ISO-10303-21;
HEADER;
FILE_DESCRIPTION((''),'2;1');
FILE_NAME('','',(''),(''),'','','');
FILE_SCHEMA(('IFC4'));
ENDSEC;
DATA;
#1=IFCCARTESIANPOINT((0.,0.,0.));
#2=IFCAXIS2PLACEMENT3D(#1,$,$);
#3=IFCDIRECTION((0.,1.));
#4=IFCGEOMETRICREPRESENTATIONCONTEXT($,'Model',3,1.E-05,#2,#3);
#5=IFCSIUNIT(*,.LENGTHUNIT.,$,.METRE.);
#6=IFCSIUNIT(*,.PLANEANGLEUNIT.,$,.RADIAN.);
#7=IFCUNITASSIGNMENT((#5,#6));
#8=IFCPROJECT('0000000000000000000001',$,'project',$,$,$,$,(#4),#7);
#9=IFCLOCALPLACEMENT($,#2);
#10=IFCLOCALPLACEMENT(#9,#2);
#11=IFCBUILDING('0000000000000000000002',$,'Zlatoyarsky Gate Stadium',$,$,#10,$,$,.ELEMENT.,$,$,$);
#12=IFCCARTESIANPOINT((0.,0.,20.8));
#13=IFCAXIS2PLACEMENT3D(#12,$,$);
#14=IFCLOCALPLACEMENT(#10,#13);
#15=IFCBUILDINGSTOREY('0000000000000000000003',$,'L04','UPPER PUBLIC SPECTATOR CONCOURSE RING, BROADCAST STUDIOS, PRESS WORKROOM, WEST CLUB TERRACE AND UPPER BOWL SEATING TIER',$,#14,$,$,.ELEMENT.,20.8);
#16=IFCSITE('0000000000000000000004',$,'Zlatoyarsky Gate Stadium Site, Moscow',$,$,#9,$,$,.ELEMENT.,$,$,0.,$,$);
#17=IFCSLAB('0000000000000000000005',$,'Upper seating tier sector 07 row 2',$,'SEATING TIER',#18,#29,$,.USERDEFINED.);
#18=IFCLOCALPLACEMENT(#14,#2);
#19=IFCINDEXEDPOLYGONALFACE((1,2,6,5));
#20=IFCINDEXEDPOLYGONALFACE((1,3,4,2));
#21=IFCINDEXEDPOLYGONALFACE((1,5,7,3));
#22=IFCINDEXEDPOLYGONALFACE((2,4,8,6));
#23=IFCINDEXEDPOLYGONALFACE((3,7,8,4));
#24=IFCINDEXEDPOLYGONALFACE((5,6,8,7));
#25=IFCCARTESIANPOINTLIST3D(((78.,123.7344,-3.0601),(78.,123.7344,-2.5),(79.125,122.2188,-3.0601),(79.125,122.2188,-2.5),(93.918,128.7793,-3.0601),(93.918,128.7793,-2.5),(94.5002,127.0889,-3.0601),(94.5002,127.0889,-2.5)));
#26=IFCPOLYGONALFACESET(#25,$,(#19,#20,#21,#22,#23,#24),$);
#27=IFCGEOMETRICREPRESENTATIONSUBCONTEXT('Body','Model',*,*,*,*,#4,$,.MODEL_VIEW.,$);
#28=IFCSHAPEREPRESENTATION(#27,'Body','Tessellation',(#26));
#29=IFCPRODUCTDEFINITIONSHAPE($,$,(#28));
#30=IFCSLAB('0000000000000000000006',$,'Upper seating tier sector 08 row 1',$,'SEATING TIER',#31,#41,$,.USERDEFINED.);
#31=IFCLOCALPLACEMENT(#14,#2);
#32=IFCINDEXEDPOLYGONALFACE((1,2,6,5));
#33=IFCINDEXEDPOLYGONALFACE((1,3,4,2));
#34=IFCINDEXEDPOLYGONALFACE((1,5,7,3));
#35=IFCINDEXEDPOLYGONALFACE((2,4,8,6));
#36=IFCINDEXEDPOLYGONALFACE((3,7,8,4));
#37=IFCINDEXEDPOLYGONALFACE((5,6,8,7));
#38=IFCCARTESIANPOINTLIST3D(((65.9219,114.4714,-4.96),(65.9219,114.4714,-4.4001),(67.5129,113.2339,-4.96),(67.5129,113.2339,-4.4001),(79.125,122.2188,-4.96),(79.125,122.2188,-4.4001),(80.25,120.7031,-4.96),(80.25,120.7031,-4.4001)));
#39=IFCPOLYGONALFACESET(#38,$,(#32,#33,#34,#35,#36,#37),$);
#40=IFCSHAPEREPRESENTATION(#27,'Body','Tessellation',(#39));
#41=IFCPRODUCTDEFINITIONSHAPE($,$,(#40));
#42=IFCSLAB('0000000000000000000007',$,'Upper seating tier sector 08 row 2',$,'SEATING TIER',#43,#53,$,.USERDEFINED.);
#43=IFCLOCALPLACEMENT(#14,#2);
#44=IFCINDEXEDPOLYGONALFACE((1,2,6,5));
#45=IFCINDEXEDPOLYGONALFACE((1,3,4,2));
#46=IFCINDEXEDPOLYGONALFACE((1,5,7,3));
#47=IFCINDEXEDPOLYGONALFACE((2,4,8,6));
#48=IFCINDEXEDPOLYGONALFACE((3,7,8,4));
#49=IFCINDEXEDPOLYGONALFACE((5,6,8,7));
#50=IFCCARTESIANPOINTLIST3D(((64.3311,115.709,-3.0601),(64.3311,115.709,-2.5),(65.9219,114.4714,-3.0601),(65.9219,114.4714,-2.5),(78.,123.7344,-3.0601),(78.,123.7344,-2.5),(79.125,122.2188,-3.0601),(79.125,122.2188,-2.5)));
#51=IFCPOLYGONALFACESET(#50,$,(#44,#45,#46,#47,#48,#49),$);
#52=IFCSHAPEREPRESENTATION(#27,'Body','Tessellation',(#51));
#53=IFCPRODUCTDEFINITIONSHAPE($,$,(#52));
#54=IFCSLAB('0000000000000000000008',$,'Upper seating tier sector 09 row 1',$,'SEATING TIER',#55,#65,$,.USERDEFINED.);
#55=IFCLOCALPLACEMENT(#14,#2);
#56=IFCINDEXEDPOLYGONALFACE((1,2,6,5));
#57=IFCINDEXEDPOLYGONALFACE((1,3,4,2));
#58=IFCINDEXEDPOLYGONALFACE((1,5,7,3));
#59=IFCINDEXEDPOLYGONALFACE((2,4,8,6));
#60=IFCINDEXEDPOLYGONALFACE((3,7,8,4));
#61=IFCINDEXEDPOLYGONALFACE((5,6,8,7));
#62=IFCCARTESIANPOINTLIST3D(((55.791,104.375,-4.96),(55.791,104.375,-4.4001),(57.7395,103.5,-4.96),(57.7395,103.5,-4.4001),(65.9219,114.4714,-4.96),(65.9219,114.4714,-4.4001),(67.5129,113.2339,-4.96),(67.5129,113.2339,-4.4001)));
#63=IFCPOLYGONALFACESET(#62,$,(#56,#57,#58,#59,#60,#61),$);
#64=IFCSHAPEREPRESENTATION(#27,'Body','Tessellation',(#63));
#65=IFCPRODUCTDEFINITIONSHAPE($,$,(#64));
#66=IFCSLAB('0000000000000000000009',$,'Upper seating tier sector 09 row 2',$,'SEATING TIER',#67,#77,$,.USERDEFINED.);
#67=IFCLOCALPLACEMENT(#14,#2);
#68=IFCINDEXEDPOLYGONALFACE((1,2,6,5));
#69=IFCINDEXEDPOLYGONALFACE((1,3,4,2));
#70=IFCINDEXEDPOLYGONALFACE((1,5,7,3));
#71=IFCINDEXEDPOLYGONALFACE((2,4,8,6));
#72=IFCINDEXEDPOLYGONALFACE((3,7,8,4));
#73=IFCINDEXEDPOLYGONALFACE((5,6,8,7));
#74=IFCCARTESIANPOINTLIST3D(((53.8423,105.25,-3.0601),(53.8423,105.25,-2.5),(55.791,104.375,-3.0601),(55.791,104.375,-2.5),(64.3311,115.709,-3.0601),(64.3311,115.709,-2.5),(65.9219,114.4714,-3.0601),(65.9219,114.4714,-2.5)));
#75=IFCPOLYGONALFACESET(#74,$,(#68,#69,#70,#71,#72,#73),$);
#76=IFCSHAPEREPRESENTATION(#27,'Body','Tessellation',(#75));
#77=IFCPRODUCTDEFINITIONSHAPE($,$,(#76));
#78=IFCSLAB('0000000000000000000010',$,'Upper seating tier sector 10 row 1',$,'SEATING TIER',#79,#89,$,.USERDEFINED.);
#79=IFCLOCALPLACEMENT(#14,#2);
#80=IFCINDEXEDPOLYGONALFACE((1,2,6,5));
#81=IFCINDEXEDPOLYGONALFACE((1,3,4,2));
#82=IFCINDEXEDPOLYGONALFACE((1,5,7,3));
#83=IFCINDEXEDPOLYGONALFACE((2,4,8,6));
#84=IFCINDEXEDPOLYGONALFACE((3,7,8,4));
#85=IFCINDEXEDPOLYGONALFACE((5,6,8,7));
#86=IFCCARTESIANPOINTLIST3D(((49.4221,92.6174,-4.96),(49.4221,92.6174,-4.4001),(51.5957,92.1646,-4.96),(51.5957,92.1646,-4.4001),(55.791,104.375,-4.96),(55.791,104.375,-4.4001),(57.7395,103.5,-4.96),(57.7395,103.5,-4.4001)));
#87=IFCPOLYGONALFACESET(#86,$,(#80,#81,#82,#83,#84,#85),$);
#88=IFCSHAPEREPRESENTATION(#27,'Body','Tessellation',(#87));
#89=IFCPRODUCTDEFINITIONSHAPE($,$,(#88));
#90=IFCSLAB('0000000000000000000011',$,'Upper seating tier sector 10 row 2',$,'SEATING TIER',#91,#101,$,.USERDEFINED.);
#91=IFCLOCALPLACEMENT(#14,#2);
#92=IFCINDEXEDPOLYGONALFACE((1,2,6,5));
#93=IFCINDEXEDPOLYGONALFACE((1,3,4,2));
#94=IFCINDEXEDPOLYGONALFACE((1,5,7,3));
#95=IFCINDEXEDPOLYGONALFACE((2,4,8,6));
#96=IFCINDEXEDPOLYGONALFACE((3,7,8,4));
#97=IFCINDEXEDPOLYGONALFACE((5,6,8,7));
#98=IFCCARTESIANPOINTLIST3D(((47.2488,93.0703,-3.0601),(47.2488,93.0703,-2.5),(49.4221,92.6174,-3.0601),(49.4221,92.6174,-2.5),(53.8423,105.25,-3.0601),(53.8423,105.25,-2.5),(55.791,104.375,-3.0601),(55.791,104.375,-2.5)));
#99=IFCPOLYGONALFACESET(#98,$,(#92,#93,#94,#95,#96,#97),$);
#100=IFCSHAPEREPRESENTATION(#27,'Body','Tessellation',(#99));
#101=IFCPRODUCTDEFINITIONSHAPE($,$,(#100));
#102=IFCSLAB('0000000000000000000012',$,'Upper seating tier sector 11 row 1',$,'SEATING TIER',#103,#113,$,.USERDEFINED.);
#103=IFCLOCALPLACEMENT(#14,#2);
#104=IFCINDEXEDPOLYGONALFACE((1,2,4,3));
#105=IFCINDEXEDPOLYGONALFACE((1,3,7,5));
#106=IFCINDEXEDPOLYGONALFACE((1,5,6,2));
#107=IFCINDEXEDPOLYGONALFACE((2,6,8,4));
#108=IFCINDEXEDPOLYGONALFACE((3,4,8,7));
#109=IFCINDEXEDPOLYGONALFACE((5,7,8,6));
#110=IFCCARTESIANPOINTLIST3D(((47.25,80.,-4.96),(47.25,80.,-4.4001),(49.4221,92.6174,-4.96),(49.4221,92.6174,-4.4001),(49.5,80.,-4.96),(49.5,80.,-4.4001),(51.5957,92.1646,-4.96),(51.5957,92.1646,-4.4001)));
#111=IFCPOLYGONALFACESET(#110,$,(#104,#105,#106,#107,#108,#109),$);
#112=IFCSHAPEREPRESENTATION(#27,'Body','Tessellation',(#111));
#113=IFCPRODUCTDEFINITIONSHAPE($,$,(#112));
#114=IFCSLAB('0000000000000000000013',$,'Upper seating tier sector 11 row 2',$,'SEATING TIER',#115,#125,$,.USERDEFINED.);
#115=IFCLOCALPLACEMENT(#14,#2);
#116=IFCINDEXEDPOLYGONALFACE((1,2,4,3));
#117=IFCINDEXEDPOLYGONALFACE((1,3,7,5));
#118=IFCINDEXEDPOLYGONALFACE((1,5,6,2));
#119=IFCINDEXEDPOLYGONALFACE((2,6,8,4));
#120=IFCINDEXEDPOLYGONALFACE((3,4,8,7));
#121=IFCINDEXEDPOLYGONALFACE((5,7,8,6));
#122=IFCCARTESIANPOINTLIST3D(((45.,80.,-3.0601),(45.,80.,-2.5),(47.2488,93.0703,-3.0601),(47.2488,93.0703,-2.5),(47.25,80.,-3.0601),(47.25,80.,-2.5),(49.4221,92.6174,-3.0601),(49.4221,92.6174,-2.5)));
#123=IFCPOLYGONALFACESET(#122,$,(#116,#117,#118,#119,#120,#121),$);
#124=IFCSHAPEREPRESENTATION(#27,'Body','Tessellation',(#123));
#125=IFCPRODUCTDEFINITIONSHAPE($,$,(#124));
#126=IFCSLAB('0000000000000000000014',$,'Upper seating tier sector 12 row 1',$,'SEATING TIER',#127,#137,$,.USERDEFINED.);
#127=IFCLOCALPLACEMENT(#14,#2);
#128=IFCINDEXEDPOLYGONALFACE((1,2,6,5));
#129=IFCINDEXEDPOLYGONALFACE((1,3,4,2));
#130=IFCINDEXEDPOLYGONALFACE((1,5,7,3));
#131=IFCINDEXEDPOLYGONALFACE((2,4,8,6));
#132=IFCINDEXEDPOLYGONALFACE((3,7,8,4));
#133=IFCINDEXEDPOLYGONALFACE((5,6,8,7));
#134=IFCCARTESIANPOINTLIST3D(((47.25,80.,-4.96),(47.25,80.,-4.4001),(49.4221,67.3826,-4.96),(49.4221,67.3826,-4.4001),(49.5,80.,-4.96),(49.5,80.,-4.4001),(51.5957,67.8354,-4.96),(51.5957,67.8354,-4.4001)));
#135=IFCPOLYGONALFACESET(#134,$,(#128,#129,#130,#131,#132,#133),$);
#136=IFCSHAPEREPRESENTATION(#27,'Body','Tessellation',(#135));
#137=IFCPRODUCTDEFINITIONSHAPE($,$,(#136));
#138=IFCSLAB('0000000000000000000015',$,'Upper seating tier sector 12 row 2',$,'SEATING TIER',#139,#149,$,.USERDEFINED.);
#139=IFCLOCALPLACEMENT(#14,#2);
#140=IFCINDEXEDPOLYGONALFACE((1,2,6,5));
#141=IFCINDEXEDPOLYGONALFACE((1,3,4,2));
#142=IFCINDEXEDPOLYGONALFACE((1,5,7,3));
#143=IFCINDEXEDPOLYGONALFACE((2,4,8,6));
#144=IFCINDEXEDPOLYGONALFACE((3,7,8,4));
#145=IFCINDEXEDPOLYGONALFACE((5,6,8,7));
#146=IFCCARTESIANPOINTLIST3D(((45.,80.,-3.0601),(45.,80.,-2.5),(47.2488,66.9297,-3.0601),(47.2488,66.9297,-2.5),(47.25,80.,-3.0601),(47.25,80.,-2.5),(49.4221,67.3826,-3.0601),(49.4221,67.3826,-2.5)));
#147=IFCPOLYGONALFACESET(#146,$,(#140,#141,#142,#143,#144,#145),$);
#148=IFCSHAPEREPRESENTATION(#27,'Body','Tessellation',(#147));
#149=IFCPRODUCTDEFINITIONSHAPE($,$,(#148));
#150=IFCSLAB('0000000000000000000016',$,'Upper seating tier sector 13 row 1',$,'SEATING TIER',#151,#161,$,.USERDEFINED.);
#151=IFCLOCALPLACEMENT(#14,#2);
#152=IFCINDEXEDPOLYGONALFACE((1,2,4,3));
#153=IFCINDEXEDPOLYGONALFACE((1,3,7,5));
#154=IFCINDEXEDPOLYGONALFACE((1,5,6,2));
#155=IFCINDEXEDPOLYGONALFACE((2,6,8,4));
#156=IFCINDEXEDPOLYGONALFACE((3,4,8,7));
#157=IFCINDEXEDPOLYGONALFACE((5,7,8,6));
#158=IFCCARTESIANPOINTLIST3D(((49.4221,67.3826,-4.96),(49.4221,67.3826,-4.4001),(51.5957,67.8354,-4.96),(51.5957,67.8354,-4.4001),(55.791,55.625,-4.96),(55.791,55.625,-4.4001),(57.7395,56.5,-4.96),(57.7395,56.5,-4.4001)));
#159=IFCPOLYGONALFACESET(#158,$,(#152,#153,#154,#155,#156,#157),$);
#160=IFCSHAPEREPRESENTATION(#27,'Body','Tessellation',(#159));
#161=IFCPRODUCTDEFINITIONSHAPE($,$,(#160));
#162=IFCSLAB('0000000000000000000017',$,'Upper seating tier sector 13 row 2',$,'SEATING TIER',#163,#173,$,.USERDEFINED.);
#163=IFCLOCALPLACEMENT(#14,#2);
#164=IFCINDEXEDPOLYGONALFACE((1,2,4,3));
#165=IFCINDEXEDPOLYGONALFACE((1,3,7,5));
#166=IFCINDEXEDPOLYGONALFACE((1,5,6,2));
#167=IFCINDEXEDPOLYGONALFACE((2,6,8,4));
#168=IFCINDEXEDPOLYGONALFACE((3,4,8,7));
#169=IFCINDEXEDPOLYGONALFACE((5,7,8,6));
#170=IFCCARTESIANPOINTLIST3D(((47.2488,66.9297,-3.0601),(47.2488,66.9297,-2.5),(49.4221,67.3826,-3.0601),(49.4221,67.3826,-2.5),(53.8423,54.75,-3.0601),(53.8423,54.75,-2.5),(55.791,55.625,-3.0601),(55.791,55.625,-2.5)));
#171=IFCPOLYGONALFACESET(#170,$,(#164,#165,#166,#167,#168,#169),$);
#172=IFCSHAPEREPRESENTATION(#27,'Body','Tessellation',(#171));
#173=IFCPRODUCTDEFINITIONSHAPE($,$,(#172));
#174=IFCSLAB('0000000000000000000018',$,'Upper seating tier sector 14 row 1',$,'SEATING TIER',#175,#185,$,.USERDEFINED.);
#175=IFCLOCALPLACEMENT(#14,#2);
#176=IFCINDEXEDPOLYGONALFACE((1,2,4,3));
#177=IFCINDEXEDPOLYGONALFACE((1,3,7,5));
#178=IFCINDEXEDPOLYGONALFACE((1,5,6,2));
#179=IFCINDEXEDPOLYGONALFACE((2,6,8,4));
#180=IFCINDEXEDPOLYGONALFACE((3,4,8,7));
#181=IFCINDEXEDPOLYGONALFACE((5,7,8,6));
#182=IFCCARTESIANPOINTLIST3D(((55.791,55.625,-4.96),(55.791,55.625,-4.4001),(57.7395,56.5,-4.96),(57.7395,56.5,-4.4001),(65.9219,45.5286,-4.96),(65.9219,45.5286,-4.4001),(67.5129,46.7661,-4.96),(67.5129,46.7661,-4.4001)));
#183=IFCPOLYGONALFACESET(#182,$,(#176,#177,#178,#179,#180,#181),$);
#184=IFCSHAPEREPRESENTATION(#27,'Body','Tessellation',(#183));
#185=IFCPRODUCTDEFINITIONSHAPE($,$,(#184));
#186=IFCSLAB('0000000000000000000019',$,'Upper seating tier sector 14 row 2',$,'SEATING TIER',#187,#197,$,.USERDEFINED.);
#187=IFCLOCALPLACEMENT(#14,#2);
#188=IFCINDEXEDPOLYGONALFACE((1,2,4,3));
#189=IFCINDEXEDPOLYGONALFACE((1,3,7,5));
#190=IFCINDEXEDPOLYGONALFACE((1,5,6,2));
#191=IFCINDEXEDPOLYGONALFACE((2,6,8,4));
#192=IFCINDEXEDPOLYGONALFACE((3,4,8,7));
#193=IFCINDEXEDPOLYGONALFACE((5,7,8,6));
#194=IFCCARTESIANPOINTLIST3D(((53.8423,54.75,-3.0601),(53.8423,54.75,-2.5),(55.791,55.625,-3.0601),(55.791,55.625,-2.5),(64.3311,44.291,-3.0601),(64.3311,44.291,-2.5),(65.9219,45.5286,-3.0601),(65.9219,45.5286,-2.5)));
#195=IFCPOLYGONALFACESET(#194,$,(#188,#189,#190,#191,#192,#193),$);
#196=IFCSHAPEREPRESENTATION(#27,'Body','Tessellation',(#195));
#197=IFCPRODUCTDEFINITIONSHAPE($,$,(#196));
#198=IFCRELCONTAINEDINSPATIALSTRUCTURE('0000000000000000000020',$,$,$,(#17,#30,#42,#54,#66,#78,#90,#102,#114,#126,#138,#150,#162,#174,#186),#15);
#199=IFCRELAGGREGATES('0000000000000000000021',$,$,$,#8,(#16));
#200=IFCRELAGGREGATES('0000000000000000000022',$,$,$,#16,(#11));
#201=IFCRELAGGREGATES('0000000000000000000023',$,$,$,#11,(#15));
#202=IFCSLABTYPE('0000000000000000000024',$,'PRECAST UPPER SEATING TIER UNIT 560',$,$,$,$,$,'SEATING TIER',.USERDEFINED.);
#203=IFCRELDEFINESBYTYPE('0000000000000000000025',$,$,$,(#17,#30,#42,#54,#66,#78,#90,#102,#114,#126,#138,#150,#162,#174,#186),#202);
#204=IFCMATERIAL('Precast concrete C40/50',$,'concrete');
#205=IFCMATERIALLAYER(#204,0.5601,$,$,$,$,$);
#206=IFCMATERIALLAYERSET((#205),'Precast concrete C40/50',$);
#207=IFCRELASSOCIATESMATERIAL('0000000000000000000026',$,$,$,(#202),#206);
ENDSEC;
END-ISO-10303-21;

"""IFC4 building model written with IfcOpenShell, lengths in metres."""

from ifc_helpers import new_model, si_unit, direction, frame, origin, place, context, subcontext, project, spatial, polyline, outline, extrude, material, layer, layer_set, type_object, element, save


model = new_model("IFC4")

# Units and contexts
model_context = context("Model", 3, precision=1e-05, world=origin(), true_north=direction((0.0, 1.0)))
body_context = subcontext(model_context, "Body", "Model", "MODEL_VIEW")
ifc_project = project(units=[si_unit("LENGTHUNIT", "METRE"), si_unit("PLANEANGLEUNIT", "RADIAN")], contexts=[model_context])

# Site, building, storey
site_placement = place(None, origin())
site = spatial("IfcSite", under=ifc_project, at=site_placement, Name="Zlatoyarsky Gate Stadium Site, Moscow", CompositionType="ELEMENT", RefElevation=0.0)
building_placement = place(site_placement, origin())
building = spatial("IfcBuilding", under=site, at=building_placement, Name="Zlatoyarsky Gate Stadium", CompositionType="ELEMENT")
storey_placement = place(building_placement, frame((0.0, 0.0, 20.8)))
storey = spatial("IfcBuildingStorey", under=building, at=storey_placement, Name="L04", Description="UPPER PUBLIC SPECTATOR CONCOURSE RING, BROADCAST STUDIOS, PRESS WORKROOM, WEST CLUB TERRACE AND UPPER BOWL SEATING TIER", CompositionType="ELEMENT", Elevation=20.8)

# Slabs
ifc_material = material(Name="Precast concrete C40/50", Category="concrete")
ifc_layer = layer(ifc_material, 0.5601)
ifc_layer_set = layer_set([ifc_layer], Name="Precast concrete C40/50")
slab_type = type_object("IfcSlabType", Name="PRECAST UPPER SEATING TIER UNIT 560", ElementType="SEATING TIER", PredefinedType="USERDEFINED", material=ifc_layer_set)
slab_1_placement = place(storey_placement, frame((0.0, 0.0, -3.0601)))
element("IfcSlab", 1, at=slab_1_placement, inside=storey, type_object=slab_type, Name="Upper seating tier sector 07 row 2", ObjectType="SEATING TIER", PredefinedType="USERDEFINED", context=body_context, shape_type="SweptSolid", body=[
    extrude(outline(polyline([(94.5002, 127.0889), (93.918, 128.7793), (78.0, 123.7344), (79.125, 122.2188), (94.5002, 127.0889)])), origin(), (0.0, 0.0, 1.0), 0.5601),
])
slab_2_placement = place(storey_placement, frame((0.0, 0.0, -4.96)))
element("IfcSlab", 2, at=slab_2_placement, inside=storey, type_object=slab_type, Name="Upper seating tier sector 08 row 1", ObjectType="SEATING TIER", PredefinedType="USERDEFINED", context=body_context, shape_type="SweptSolid", body=[
    extrude(outline(polyline([(80.25, 120.7031), (79.125, 122.2188), (65.9219, 114.4714), (67.5129, 113.2339), (80.25, 120.7031)])), origin(), (0.0, 0.0, 1.0), 0.5598),
])
slab_3_placement = place(storey_placement, frame((0.0, 0.0, -3.0601)))
element("IfcSlab", 3, at=slab_3_placement, inside=storey, type_object=slab_type, Name="Upper seating tier sector 08 row 2", ObjectType="SEATING TIER", PredefinedType="USERDEFINED", context=body_context, shape_type="SweptSolid", body=[
    extrude(outline(polyline([(79.125, 122.2188), (78.0, 123.7344), (64.3311, 115.709), (65.9219, 114.4714), (79.125, 122.2188)])), origin(), (0.0, 0.0, 1.0), 0.5601),
])
slab_4_placement = place(storey_placement, frame((0.0, 0.0, -4.96)))
element("IfcSlab", 4, at=slab_4_placement, inside=storey, type_object=slab_type, Name="Upper seating tier sector 09 row 1", ObjectType="SEATING TIER", PredefinedType="USERDEFINED", context=body_context, shape_type="SweptSolid", body=[
    extrude(outline(polyline([(67.5129, 113.2339), (65.9219, 114.4714), (55.791, 104.375), (57.7395, 103.5), (67.5129, 113.2339)])), origin(), (0.0, 0.0, 1.0), 0.5598),
])
slab_5_placement = place(storey_placement, frame((0.0, 0.0, -3.0601)))
element("IfcSlab", 5, at=slab_5_placement, inside=storey, type_object=slab_type, Name="Upper seating tier sector 09 row 2", ObjectType="SEATING TIER", PredefinedType="USERDEFINED", context=body_context, shape_type="SweptSolid", body=[
    extrude(outline(polyline([(65.9219, 114.4714), (64.3311, 115.709), (53.8423, 105.25), (55.791, 104.375), (65.9219, 114.4714)])), origin(), (0.0, 0.0, 1.0), 0.5601),
])
slab_6_placement = place(storey_placement, frame((0.0, 0.0, -4.96)))
element("IfcSlab", 6, at=slab_6_placement, inside=storey, type_object=slab_type, Name="Upper seating tier sector 10 row 1", ObjectType="SEATING TIER", PredefinedType="USERDEFINED", context=body_context, shape_type="SweptSolid", body=[
    extrude(outline(polyline([(57.7395, 103.5), (55.791, 104.375), (49.4221, 92.6174), (51.5957, 92.1646), (57.7395, 103.5)])), origin(), (0.0, 0.0, 1.0), 0.5598),
])
slab_7_placement = place(storey_placement, frame((0.0, 0.0, -3.0601)))
element("IfcSlab", 7, at=slab_7_placement, inside=storey, type_object=slab_type, Name="Upper seating tier sector 10 row 2", ObjectType="SEATING TIER", PredefinedType="USERDEFINED", context=body_context, shape_type="SweptSolid", body=[
    extrude(outline(polyline([(55.791, 104.375), (53.8423, 105.25), (47.2488, 93.0703), (49.4221, 92.6174), (55.791, 104.375)])), origin(), (0.0, 0.0, 1.0), 0.5601),
])
slab_8_placement = place(storey_placement, frame((0.0, 0.0, -4.96)))
element("IfcSlab", 8, at=slab_8_placement, inside=storey, type_object=slab_type, Name="Upper seating tier sector 11 row 1", ObjectType="SEATING TIER", PredefinedType="USERDEFINED", context=body_context, shape_type="SweptSolid", body=[
    extrude(outline(polyline([(51.5957, 92.1646), (49.4221, 92.6174), (47.25, 80.0), (49.5, 80.0), (51.5957, 92.1646)])), origin(), (0.0, 0.0, 1.0), 0.5598),
])
slab_9_placement = place(storey_placement, frame((0.0, 0.0, -3.0601)))
element("IfcSlab", 9, at=slab_9_placement, inside=storey, type_object=slab_type, Name="Upper seating tier sector 11 row 2", ObjectType="SEATING TIER", PredefinedType="USERDEFINED", context=body_context, shape_type="SweptSolid", body=[
    extrude(outline(polyline([(49.4221, 92.6174), (47.2488, 93.0703), (45.0, 80.0), (47.25, 80.0), (49.4221, 92.6174)])), origin(), (0.0, 0.0, 1.0), 0.5601),
])
slab_10_placement = place(storey_placement, frame((0.0, 0.0, -4.96)))
element("IfcSlab", 10, at=slab_10_placement, inside=storey, type_object=slab_type, Name="Upper seating tier sector 12 row 1", ObjectType="SEATING TIER", PredefinedType="USERDEFINED", context=body_context, shape_type="SweptSolid", body=[
    extrude(outline(polyline([(49.5, 80.0), (47.25, 80.0), (49.4221, 67.3826), (51.5957, 67.8354), (49.5, 80.0)])), origin(), (0.0, 0.0, 1.0), 0.5598),
])
slab_11_placement = place(storey_placement, frame((0.0, 0.0, -3.0601)))
element("IfcSlab", 11, at=slab_11_placement, inside=storey, type_object=slab_type, Name="Upper seating tier sector 12 row 2", ObjectType="SEATING TIER", PredefinedType="USERDEFINED", context=body_context, shape_type="SweptSolid", body=[
    extrude(outline(polyline([(47.25, 80.0), (45.0, 80.0), (47.2488, 66.9297), (49.4221, 67.3826), (47.25, 80.0)])), origin(), (0.0, 0.0, 1.0), 0.5601),
])
slab_12_placement = place(storey_placement, frame((0.0, 0.0, -4.96)))
element("IfcSlab", 12, at=slab_12_placement, inside=storey, type_object=slab_type, Name="Upper seating tier sector 13 row 1", ObjectType="SEATING TIER", PredefinedType="USERDEFINED", context=body_context, shape_type="SweptSolid", body=[
    extrude(outline(polyline([(51.5957, 67.8354), (49.4221, 67.3826), (55.791, 55.625), (57.7395, 56.5), (51.5957, 67.8354)])), origin(), (0.0, 0.0, 1.0), 0.5598),
])
slab_13_placement = place(storey_placement, frame((0.0, 0.0, -3.0601)))
element("IfcSlab", 13, at=slab_13_placement, inside=storey, type_object=slab_type, Name="Upper seating tier sector 13 row 2", ObjectType="SEATING TIER", PredefinedType="USERDEFINED", context=body_context, shape_type="SweptSolid", body=[
    extrude(outline(polyline([(49.4221, 67.3826), (47.2488, 66.9297), (53.8423, 54.75), (55.791, 55.625), (49.4221, 67.3826)])), origin(), (0.0, 0.0, 1.0), 0.5601),
])
slab_14_placement = place(storey_placement, frame((0.0, 0.0, -4.96)))
element("IfcSlab", 14, at=slab_14_placement, inside=storey, type_object=slab_type, Name="Upper seating tier sector 14 row 1", ObjectType="SEATING TIER", PredefinedType="USERDEFINED", context=body_context, shape_type="SweptSolid", body=[
    extrude(outline(polyline([(57.7395, 56.5), (55.791, 55.625), (65.9219, 45.5286), (67.5129, 46.7661), (57.7395, 56.5)])), origin(), (0.0, 0.0, 1.0), 0.5598),
])
slab_15_placement = place(storey_placement, frame((0.0, 0.0, -3.0601)))
element("IfcSlab", 15, at=slab_15_placement, inside=storey, type_object=slab_type, Name="Upper seating tier sector 14 row 2", ObjectType="SEATING TIER", PredefinedType="USERDEFINED", context=body_context, shape_type="SweptSolid", body=[
    extrude(outline(polyline([(55.791, 55.625), (53.8423, 54.75), (64.3311, 44.291), (65.9219, 45.5286), (55.791, 55.625)])), origin(), (0.0, 0.0, 1.0), 0.5601),
])

save(model, "model.ifc")
